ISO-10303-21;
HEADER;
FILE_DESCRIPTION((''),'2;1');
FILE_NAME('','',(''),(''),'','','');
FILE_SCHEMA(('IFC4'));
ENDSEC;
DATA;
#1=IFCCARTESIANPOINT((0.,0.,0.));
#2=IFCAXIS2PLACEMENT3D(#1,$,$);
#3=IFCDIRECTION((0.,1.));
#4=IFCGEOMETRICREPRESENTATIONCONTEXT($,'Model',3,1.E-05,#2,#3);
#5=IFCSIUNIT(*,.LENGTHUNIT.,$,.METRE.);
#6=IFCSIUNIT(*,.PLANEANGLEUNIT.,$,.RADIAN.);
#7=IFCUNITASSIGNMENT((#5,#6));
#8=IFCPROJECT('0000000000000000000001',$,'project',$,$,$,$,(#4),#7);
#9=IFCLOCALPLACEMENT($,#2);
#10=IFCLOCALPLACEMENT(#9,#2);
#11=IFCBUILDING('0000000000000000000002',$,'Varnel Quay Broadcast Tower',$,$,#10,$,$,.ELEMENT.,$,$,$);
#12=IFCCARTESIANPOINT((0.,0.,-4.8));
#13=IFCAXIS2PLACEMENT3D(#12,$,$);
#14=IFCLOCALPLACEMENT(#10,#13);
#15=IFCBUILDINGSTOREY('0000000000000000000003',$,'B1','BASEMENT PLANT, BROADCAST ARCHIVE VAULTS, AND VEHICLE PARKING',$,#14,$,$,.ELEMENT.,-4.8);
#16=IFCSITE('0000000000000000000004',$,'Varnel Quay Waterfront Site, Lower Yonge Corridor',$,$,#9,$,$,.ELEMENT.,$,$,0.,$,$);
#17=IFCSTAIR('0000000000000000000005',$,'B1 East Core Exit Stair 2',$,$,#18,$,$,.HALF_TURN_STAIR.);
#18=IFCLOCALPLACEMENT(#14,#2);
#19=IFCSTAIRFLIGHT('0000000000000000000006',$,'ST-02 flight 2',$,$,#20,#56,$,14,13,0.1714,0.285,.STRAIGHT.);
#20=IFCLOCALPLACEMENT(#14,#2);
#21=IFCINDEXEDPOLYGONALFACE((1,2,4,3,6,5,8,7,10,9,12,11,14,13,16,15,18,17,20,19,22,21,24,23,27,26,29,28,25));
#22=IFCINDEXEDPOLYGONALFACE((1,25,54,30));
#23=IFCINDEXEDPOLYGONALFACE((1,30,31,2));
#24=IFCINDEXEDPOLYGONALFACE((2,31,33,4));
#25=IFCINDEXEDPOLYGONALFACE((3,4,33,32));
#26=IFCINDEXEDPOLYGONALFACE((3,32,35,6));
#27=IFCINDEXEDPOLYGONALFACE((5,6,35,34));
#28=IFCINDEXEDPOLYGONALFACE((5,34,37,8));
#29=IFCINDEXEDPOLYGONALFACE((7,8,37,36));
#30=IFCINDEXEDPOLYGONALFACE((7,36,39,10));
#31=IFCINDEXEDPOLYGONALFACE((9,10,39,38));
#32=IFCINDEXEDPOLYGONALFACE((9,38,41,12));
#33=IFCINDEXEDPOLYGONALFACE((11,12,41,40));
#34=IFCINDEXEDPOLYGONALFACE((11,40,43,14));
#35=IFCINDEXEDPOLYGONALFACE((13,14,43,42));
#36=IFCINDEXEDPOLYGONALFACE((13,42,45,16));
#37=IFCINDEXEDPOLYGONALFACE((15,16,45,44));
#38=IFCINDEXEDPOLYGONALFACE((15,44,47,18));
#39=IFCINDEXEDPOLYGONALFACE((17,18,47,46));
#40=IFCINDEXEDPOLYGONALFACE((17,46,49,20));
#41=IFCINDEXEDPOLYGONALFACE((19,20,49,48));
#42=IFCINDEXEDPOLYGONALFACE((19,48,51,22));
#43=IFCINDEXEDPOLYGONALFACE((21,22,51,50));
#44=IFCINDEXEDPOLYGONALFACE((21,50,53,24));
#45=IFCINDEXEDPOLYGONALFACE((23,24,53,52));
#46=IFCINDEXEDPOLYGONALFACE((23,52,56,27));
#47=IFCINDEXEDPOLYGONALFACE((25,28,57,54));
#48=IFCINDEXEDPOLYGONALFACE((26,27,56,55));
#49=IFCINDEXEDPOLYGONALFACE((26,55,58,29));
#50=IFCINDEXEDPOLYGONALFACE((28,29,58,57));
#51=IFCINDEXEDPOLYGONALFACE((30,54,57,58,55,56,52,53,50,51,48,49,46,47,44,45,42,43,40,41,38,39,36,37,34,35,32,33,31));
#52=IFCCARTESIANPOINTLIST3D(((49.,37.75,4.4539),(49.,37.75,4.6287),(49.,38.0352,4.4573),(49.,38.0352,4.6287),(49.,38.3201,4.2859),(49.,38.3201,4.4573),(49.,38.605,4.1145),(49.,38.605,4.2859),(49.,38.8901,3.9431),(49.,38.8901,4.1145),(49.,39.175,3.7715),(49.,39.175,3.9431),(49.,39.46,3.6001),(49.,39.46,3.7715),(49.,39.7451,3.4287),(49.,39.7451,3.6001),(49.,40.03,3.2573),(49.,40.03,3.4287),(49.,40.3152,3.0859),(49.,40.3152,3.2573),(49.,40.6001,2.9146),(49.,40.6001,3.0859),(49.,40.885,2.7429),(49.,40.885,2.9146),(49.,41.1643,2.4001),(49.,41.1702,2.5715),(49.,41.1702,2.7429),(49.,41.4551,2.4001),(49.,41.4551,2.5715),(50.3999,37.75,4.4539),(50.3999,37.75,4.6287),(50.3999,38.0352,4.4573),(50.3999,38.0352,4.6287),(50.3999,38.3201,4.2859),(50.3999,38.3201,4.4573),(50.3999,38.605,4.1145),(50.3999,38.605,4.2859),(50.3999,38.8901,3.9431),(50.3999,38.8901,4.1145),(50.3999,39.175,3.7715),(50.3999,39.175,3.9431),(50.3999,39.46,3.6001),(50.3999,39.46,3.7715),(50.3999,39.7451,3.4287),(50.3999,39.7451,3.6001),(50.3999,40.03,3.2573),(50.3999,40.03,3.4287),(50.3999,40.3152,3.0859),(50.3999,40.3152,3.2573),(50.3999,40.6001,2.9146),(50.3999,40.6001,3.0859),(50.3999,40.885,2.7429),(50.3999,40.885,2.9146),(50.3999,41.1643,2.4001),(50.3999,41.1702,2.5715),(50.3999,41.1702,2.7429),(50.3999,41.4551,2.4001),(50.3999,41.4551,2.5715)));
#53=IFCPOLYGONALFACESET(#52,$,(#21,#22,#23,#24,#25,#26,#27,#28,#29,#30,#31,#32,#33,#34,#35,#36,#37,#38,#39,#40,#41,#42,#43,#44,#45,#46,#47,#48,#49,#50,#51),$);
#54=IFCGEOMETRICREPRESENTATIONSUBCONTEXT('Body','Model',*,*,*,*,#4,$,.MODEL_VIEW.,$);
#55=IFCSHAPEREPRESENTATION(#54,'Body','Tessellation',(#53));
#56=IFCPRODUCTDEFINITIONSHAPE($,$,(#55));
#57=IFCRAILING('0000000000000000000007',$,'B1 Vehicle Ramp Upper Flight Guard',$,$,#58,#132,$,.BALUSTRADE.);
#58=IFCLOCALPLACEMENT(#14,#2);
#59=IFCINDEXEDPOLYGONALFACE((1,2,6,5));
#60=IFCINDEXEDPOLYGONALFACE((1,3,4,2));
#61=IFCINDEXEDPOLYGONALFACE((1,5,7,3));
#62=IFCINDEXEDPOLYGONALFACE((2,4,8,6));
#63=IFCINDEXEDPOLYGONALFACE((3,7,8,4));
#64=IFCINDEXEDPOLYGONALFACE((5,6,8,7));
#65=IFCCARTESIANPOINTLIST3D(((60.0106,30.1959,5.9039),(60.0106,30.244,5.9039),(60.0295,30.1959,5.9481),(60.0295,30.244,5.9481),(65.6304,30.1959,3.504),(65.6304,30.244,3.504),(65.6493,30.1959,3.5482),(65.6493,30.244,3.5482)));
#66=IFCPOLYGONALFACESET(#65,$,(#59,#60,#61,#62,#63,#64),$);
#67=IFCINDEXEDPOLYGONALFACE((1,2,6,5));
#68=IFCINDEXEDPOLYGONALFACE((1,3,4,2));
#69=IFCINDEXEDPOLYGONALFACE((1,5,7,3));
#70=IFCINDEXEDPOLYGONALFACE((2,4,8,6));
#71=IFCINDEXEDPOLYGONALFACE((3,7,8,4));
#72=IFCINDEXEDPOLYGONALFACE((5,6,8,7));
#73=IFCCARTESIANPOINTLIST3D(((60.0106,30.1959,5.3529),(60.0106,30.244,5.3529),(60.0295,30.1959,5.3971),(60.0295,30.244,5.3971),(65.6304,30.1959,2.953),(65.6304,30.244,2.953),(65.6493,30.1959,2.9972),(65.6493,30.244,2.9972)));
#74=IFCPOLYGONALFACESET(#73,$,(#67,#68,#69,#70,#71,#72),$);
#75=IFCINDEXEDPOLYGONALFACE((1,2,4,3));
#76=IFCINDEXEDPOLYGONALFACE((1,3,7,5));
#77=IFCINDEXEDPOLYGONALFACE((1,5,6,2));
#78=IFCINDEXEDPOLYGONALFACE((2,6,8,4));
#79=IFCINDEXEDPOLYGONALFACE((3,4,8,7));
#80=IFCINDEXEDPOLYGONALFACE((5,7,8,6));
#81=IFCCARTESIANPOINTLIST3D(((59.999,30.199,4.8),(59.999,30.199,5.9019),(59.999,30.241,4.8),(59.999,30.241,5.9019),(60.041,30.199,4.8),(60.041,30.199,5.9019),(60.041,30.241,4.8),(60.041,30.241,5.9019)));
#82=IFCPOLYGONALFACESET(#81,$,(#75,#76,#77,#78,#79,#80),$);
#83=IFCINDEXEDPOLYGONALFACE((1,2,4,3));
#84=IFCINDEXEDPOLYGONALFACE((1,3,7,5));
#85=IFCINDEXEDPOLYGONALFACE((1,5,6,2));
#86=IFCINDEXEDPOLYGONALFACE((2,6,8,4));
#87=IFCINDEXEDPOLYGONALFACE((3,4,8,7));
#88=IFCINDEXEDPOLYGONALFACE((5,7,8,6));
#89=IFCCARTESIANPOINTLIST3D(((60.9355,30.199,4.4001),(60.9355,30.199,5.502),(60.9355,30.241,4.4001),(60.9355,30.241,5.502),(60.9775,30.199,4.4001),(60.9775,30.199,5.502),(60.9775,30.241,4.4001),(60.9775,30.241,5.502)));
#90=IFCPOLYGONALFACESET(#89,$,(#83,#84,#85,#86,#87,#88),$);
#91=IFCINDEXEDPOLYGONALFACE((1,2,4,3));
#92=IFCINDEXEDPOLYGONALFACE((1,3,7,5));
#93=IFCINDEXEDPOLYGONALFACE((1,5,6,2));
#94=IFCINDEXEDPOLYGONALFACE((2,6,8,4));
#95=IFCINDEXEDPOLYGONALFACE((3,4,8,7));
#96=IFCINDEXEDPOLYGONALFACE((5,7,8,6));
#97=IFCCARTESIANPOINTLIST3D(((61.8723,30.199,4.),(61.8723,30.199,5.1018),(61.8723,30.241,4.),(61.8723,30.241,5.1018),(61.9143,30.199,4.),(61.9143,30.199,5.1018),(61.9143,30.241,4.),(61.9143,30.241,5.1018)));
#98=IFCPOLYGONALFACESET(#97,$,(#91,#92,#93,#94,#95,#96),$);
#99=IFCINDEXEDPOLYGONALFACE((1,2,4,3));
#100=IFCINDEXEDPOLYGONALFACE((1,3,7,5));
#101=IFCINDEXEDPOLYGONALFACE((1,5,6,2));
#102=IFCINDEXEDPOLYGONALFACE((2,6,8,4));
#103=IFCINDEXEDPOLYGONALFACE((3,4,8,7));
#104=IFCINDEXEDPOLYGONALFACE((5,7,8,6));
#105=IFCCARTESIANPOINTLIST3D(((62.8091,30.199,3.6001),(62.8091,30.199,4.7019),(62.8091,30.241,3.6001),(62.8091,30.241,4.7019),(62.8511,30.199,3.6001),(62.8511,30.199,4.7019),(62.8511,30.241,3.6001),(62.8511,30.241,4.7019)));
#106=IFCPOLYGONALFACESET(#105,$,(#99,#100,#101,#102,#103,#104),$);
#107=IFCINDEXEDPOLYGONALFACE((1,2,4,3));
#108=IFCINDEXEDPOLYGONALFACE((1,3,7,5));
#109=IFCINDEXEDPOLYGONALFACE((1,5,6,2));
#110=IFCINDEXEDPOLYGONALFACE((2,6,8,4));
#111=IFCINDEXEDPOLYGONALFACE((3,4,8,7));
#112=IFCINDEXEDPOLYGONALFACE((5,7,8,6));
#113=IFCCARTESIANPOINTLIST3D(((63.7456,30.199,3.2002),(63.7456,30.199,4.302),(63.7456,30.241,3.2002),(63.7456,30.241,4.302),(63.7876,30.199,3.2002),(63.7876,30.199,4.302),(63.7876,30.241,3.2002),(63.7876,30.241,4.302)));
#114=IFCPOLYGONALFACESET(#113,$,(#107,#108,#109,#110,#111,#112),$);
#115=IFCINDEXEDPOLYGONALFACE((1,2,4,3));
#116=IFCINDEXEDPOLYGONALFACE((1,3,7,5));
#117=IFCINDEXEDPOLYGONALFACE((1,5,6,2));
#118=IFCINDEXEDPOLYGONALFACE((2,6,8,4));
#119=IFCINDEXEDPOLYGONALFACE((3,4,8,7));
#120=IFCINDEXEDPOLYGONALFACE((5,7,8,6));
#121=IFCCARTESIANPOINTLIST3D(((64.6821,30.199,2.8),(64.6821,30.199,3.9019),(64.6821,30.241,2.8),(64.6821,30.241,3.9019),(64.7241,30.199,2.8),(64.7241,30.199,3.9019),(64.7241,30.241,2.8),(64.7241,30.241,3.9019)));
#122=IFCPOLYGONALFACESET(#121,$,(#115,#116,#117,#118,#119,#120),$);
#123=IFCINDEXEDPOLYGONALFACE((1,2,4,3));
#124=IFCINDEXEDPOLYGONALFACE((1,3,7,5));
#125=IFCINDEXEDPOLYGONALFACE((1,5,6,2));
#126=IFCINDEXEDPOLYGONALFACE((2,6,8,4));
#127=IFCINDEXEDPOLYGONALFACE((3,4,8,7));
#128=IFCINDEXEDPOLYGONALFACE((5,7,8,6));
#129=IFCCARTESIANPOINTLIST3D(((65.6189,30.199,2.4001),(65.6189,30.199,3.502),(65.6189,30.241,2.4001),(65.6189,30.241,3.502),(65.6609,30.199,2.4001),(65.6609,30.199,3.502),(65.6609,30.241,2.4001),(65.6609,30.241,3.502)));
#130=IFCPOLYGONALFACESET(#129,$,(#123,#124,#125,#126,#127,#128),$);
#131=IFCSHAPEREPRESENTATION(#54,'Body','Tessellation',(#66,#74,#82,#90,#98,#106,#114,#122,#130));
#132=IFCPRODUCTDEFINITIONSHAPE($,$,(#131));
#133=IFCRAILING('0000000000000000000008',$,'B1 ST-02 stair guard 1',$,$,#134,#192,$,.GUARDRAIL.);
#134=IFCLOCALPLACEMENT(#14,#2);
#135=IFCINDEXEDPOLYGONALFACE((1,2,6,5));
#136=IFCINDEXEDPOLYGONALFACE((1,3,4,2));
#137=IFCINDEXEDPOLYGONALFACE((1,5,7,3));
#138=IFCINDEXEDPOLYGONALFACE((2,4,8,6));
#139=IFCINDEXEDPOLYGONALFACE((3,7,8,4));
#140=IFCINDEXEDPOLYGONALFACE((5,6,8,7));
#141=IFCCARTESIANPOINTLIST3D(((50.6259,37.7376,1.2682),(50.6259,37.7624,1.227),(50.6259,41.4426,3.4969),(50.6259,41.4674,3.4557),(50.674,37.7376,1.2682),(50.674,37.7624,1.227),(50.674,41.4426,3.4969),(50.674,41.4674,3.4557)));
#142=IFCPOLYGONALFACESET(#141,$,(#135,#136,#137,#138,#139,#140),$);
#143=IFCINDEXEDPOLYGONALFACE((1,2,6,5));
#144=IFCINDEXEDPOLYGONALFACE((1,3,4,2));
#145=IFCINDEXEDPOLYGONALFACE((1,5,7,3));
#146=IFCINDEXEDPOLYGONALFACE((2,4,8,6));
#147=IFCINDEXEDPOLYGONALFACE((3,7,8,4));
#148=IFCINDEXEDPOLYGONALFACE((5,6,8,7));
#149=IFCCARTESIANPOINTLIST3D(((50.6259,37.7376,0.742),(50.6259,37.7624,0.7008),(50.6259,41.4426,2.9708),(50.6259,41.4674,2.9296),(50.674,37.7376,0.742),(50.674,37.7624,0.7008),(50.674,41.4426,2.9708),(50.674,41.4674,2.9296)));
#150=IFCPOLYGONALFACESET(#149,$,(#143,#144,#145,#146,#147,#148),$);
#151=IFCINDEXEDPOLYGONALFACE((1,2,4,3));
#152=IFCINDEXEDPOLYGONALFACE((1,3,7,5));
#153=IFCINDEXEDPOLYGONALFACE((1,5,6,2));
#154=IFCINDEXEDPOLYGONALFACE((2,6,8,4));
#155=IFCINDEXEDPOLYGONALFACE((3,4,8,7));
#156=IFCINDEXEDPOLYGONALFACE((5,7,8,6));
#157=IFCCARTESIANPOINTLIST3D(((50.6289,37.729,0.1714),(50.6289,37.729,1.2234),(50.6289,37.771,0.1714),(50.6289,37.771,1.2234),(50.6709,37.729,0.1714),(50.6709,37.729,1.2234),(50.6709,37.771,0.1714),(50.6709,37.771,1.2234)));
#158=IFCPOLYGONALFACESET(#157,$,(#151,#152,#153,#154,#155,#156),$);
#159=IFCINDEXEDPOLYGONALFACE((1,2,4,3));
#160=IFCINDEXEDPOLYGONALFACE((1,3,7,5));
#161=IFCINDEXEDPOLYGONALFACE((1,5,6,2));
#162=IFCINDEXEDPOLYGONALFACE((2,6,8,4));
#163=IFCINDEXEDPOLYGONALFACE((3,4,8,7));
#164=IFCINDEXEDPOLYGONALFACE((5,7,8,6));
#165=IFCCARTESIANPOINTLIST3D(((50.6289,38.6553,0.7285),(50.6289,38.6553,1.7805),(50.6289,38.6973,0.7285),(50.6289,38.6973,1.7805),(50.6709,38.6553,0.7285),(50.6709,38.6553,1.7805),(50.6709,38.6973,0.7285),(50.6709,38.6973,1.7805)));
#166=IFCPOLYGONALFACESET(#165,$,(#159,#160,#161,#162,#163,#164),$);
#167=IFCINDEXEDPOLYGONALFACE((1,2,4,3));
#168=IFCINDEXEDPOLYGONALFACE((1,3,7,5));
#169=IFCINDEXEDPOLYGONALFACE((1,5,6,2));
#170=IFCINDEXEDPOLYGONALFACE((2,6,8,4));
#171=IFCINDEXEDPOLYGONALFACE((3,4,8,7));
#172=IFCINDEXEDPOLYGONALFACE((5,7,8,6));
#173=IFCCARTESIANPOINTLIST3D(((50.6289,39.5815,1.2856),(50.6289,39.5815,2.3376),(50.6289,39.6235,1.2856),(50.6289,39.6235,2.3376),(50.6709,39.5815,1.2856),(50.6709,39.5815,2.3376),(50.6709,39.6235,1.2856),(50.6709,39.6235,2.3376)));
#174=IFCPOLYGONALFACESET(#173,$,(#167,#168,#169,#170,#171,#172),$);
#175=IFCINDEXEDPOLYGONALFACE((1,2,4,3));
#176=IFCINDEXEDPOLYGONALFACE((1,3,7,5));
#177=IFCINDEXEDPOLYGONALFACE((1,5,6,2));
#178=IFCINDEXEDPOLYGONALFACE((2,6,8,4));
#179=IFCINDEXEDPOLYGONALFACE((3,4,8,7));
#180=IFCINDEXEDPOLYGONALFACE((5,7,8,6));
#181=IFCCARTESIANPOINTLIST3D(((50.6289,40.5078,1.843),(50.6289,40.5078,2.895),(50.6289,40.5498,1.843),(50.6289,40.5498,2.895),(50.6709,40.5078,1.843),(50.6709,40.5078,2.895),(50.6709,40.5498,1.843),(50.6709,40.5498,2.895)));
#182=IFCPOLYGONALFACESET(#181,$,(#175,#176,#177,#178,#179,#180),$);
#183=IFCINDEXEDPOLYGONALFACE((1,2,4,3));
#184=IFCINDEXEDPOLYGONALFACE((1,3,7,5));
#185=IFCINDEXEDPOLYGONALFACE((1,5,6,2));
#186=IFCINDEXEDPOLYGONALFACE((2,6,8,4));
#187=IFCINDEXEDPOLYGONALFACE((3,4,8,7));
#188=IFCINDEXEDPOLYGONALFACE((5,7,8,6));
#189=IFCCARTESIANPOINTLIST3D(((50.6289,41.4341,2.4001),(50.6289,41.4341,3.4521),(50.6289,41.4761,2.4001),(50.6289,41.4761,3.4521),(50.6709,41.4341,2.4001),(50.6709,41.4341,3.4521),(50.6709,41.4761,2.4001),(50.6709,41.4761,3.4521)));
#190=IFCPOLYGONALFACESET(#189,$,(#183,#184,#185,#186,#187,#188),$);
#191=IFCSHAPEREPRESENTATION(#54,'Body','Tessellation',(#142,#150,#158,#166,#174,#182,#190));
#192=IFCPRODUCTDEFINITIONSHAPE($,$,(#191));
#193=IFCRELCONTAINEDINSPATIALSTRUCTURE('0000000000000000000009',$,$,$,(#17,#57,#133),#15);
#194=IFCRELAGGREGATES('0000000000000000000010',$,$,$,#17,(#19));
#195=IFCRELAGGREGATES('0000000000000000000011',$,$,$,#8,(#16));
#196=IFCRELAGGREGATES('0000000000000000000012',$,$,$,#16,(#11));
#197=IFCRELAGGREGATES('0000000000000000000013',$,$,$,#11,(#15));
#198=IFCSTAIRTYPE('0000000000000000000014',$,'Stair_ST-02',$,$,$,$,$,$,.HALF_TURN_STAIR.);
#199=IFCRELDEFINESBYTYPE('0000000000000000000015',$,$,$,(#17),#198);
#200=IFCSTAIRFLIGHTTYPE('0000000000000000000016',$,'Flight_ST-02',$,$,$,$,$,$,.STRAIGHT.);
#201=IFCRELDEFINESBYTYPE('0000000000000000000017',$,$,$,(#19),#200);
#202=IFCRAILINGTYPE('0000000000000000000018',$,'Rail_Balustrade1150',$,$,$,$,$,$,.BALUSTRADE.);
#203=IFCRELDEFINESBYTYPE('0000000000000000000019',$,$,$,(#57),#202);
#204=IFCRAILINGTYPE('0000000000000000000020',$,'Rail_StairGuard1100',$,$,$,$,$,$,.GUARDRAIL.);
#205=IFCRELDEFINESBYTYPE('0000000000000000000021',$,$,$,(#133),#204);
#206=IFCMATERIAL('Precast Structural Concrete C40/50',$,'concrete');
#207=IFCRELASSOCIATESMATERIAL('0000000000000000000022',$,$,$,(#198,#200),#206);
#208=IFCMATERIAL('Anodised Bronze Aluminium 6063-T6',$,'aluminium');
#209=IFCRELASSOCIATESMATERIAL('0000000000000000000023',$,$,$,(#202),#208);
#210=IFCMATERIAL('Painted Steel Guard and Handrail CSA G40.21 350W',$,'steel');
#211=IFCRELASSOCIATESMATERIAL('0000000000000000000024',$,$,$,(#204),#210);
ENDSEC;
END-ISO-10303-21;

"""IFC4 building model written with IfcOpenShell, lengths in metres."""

from ifc_helpers import new_model, si_unit, direction, frame, origin, origin_2d, place, context, subcontext, project, spatial, polyline, rectangle, outline, extrude, material, type_object, element, aggregate, save


model = new_model("IFC4")

# Units and contexts
model_context = context("Model", 3, precision=1e-05, world=origin(), true_north=direction((0.0, 1.0)))
body_context = subcontext(model_context, "Body", "Model", "MODEL_VIEW")
ifc_project = project(units=[si_unit("LENGTHUNIT", "METRE"), si_unit("PLANEANGLEUNIT", "RADIAN")], contexts=[model_context])

# Site, building, storey
site_placement = place(None, origin())
site = spatial("IfcSite", under=ifc_project, at=site_placement, Name="Varnel Quay Waterfront Site, Lower Yonge Corridor", CompositionType="ELEMENT", RefElevation=0.0)
building_placement = place(site_placement, origin())
building = spatial("IfcBuilding", under=site, at=building_placement, Name="Varnel Quay Broadcast Tower", CompositionType="ELEMENT")
storey_placement = place(building_placement, frame((0.0, 0.0, -4.8)))
storey = spatial("IfcBuildingStorey", under=building, at=storey_placement, Name="B1", Description="BASEMENT PLANT, BROADCAST ARCHIVE VAULTS, AND VEHICLE PARKING", CompositionType="ELEMENT", Elevation=-4.8)

# Stair, stair flight
ifc_material_1 = material(Name="Precast Structural Concrete C40/50", Category="concrete")
stair_type = type_object("IfcStairType", Name="Stair_ST-02", PredefinedType="HALF_TURN_STAIR", material=ifc_material_1)
stair_placement = place(storey_placement, origin())
stair = element("IfcStair", 1, at=stair_placement, inside=storey, type_object=stair_type, Name="B1 East Core Exit Stair 2", PredefinedType="HALF_TURN_STAIR")
stair_flight_type = type_object("IfcStairFlightType", Name="Flight_ST-02", PredefinedType="STRAIGHT", material=ifc_material_1)
stair_flight_1_placement = place(storey_placement, frame((49.7, 41.4551, 2.4001), z_axis=(0.0, 0.0, 1.0), x_axis=(0.0, -1.0, 0.0)))
stair_flight_1 = element("IfcStairFlight", 2, at=stair_flight_1_placement, type_object=stair_flight_type, Name="ST-02 flight 2", NumberOfRisers=14, NumberOfTreads=13, PredefinedType="STRAIGHT", RiserHeight=0.1714, TreadLength=0.285, context=body_context, shape_type="SweptSolid", body=[
    extrude(outline(polyline([(0.0, 0.0), (0.0, 0.1714), (0.2849, 0.1714), (0.2849, 0.3428), (0.5701, 0.3428), (0.5701, 0.5144), (0.855, 0.5144), (0.855, 0.6858), (1.1399, 0.6858), (1.1399, 0.8572), (1.425, 0.8572), (1.425, 1.0286), (1.71, 1.0286), (1.71, 1.2), (1.9951, 1.2), (1.9951, 1.3713), (2.28, 1.3713), (2.28, 1.543), (2.5649, 1.543), (2.5649, 1.7144), (2.8501, 1.7144), (2.8501, 1.8857), (3.135, 1.8857), (3.135, 2.0571), (3.4199, 2.0571), (3.4199, 2.2285), (3.7051, 2.2285), (3.7051, 2.3999), (3.7051, 2.0537), (0.2908, 0.0), (0.0, 0.0)])), frame((0.0, 0.7, 0.0), z_axis=(0.0, -1.0, 0.0), x_axis=(1.0, 0.0, 0.0)), (0.0, 0.0, 1.0), 1.3999),
])
aggregate(stair, [stair_flight_1])

# Railings
ifc_material_2 = material(Name="Anodised Bronze Aluminium 6063-T6", Category="aluminium")
railing_type_1 = type_object("IfcRailingType", Name="Rail_Balustrade1150", PredefinedType="BALUSTRADE", material=ifc_material_2)
railing_1_placement = place(storey_placement, frame((60.02, 30.22, 4.8)))
element("IfcRailing", 3, at=railing_1_placement, inside=storey, type_object=railing_type_1, Name="B1 Vehicle Ramp Upper Flight Guard", PredefinedType="BALUSTRADE", context=body_context, shape_type="SweptSolid", body=[
    extrude(rectangle(XDim=0.0481, YDim=0.0481, at=origin_2d()), frame((0.0, 0.0, 1.126), z_axis=(0.919655, 0.0, -0.392728), x_axis=(0.0, 1.0, 0.0)), (0.0, 0.0, 1.0), 6.1108),
    extrude(rectangle(XDim=0.0481, YDim=0.0481, at=origin_2d()), frame((0.0, 0.0, 0.575), z_axis=(0.919655, 0.0, -0.392728), x_axis=(0.0, 1.0, 0.0)), (0.0, 0.0, 1.0), 6.1108),
    extrude(rectangle(XDim=0.042, YDim=0.042, at=origin_2d()), origin(), (0.0, 0.0, 1.0), 1.1018),
    extrude(rectangle(XDim=0.042, YDim=0.042, at=origin_2d()), frame((0.9365, 0.0, -0.3999)), (0.0, 0.0, 1.0), 1.1018),
    extrude(rectangle(XDim=0.042, YDim=0.042, at=origin_2d()), frame((1.8733, 0.0, -0.8)), (0.0, 0.0, 1.0), 1.1018),
    extrude(rectangle(XDim=0.042, YDim=0.042, at=origin_2d()), frame((2.8101, 0.0, -1.2)), (0.0, 0.0, 1.0), 1.1018),
    extrude(rectangle(XDim=0.042, YDim=0.042, at=origin_2d()), frame((3.7466, 0.0, -1.5999)), (0.0, 0.0, 1.0), 1.1018),
    extrude(rectangle(XDim=0.042, YDim=0.042, at=origin_2d()), frame((4.6831, 0.0, -2.0)), (0.0, 0.0, 1.0), 1.1018),
    extrude(rectangle(XDim=0.042, YDim=0.042, at=origin_2d()), frame((5.6199, 0.0, -2.3999)), (0.0, 0.0, 1.0), 1.1018),
])
ifc_material_3 = material(Name="Painted Steel Guard and Handrail CSA G40.21 350W", Category="steel")
railing_type_2 = type_object("IfcRailingType", Name="Rail_StairGuard1100", PredefinedType="GUARDRAIL", material=ifc_material_3)
railing_2_placement = place(storey_placement, frame((50.6499, 37.75, 0.1714)))
element("IfcRailing", 4, at=railing_2_placement, inside=storey, type_object=railing_type_2, Name="B1 ST-02 stair guard 1", PredefinedType="GUARDRAIL", context=body_context, shape_type="SweptSolid", body=[
    extrude(rectangle(XDim=0.0481, YDim=0.0481, at=origin_2d()), frame((0.0, 0.0, 1.0762), z_axis=(0.0, 0.856909, 0.515467), x_axis=(-1.0, 0.0, 0.0)), (0.0, 0.0, 1.0), 4.3237),
    extrude(rectangle(XDim=0.0481, YDim=0.0481, at=origin_2d()), frame((0.0, 0.0, 0.55), z_axis=(0.0, 0.856909, 0.515467), x_axis=(-1.0, 0.0, 0.0)), (0.0, 0.0, 1.0), 4.3237),
    extrude(rectangle(XDim=0.042, YDim=0.042, at=origin_2d()), origin(), (0.0, 0.0, 1.0), 1.052),
    extrude(rectangle(XDim=0.042, YDim=0.042, at=origin_2d()), frame((0.0, 0.9263, 0.5571)), (0.0, 0.0, 1.0), 1.052),
    extrude(rectangle(XDim=0.042, YDim=0.042, at=origin_2d()), frame((0.0, 1.8525, 1.1143)), (0.0, 0.0, 1.0), 1.052),
    extrude(rectangle(XDim=0.042, YDim=0.042, at=origin_2d()), frame((0.0, 2.7788, 1.6716)), (0.0, 0.0, 1.0), 1.052),
    extrude(rectangle(XDim=0.042, YDim=0.042, at=origin_2d()), frame((0.0, 3.7051, 2.2288)), (0.0, 0.0, 1.0), 1.052),
])

save(model, "model.ifc")
